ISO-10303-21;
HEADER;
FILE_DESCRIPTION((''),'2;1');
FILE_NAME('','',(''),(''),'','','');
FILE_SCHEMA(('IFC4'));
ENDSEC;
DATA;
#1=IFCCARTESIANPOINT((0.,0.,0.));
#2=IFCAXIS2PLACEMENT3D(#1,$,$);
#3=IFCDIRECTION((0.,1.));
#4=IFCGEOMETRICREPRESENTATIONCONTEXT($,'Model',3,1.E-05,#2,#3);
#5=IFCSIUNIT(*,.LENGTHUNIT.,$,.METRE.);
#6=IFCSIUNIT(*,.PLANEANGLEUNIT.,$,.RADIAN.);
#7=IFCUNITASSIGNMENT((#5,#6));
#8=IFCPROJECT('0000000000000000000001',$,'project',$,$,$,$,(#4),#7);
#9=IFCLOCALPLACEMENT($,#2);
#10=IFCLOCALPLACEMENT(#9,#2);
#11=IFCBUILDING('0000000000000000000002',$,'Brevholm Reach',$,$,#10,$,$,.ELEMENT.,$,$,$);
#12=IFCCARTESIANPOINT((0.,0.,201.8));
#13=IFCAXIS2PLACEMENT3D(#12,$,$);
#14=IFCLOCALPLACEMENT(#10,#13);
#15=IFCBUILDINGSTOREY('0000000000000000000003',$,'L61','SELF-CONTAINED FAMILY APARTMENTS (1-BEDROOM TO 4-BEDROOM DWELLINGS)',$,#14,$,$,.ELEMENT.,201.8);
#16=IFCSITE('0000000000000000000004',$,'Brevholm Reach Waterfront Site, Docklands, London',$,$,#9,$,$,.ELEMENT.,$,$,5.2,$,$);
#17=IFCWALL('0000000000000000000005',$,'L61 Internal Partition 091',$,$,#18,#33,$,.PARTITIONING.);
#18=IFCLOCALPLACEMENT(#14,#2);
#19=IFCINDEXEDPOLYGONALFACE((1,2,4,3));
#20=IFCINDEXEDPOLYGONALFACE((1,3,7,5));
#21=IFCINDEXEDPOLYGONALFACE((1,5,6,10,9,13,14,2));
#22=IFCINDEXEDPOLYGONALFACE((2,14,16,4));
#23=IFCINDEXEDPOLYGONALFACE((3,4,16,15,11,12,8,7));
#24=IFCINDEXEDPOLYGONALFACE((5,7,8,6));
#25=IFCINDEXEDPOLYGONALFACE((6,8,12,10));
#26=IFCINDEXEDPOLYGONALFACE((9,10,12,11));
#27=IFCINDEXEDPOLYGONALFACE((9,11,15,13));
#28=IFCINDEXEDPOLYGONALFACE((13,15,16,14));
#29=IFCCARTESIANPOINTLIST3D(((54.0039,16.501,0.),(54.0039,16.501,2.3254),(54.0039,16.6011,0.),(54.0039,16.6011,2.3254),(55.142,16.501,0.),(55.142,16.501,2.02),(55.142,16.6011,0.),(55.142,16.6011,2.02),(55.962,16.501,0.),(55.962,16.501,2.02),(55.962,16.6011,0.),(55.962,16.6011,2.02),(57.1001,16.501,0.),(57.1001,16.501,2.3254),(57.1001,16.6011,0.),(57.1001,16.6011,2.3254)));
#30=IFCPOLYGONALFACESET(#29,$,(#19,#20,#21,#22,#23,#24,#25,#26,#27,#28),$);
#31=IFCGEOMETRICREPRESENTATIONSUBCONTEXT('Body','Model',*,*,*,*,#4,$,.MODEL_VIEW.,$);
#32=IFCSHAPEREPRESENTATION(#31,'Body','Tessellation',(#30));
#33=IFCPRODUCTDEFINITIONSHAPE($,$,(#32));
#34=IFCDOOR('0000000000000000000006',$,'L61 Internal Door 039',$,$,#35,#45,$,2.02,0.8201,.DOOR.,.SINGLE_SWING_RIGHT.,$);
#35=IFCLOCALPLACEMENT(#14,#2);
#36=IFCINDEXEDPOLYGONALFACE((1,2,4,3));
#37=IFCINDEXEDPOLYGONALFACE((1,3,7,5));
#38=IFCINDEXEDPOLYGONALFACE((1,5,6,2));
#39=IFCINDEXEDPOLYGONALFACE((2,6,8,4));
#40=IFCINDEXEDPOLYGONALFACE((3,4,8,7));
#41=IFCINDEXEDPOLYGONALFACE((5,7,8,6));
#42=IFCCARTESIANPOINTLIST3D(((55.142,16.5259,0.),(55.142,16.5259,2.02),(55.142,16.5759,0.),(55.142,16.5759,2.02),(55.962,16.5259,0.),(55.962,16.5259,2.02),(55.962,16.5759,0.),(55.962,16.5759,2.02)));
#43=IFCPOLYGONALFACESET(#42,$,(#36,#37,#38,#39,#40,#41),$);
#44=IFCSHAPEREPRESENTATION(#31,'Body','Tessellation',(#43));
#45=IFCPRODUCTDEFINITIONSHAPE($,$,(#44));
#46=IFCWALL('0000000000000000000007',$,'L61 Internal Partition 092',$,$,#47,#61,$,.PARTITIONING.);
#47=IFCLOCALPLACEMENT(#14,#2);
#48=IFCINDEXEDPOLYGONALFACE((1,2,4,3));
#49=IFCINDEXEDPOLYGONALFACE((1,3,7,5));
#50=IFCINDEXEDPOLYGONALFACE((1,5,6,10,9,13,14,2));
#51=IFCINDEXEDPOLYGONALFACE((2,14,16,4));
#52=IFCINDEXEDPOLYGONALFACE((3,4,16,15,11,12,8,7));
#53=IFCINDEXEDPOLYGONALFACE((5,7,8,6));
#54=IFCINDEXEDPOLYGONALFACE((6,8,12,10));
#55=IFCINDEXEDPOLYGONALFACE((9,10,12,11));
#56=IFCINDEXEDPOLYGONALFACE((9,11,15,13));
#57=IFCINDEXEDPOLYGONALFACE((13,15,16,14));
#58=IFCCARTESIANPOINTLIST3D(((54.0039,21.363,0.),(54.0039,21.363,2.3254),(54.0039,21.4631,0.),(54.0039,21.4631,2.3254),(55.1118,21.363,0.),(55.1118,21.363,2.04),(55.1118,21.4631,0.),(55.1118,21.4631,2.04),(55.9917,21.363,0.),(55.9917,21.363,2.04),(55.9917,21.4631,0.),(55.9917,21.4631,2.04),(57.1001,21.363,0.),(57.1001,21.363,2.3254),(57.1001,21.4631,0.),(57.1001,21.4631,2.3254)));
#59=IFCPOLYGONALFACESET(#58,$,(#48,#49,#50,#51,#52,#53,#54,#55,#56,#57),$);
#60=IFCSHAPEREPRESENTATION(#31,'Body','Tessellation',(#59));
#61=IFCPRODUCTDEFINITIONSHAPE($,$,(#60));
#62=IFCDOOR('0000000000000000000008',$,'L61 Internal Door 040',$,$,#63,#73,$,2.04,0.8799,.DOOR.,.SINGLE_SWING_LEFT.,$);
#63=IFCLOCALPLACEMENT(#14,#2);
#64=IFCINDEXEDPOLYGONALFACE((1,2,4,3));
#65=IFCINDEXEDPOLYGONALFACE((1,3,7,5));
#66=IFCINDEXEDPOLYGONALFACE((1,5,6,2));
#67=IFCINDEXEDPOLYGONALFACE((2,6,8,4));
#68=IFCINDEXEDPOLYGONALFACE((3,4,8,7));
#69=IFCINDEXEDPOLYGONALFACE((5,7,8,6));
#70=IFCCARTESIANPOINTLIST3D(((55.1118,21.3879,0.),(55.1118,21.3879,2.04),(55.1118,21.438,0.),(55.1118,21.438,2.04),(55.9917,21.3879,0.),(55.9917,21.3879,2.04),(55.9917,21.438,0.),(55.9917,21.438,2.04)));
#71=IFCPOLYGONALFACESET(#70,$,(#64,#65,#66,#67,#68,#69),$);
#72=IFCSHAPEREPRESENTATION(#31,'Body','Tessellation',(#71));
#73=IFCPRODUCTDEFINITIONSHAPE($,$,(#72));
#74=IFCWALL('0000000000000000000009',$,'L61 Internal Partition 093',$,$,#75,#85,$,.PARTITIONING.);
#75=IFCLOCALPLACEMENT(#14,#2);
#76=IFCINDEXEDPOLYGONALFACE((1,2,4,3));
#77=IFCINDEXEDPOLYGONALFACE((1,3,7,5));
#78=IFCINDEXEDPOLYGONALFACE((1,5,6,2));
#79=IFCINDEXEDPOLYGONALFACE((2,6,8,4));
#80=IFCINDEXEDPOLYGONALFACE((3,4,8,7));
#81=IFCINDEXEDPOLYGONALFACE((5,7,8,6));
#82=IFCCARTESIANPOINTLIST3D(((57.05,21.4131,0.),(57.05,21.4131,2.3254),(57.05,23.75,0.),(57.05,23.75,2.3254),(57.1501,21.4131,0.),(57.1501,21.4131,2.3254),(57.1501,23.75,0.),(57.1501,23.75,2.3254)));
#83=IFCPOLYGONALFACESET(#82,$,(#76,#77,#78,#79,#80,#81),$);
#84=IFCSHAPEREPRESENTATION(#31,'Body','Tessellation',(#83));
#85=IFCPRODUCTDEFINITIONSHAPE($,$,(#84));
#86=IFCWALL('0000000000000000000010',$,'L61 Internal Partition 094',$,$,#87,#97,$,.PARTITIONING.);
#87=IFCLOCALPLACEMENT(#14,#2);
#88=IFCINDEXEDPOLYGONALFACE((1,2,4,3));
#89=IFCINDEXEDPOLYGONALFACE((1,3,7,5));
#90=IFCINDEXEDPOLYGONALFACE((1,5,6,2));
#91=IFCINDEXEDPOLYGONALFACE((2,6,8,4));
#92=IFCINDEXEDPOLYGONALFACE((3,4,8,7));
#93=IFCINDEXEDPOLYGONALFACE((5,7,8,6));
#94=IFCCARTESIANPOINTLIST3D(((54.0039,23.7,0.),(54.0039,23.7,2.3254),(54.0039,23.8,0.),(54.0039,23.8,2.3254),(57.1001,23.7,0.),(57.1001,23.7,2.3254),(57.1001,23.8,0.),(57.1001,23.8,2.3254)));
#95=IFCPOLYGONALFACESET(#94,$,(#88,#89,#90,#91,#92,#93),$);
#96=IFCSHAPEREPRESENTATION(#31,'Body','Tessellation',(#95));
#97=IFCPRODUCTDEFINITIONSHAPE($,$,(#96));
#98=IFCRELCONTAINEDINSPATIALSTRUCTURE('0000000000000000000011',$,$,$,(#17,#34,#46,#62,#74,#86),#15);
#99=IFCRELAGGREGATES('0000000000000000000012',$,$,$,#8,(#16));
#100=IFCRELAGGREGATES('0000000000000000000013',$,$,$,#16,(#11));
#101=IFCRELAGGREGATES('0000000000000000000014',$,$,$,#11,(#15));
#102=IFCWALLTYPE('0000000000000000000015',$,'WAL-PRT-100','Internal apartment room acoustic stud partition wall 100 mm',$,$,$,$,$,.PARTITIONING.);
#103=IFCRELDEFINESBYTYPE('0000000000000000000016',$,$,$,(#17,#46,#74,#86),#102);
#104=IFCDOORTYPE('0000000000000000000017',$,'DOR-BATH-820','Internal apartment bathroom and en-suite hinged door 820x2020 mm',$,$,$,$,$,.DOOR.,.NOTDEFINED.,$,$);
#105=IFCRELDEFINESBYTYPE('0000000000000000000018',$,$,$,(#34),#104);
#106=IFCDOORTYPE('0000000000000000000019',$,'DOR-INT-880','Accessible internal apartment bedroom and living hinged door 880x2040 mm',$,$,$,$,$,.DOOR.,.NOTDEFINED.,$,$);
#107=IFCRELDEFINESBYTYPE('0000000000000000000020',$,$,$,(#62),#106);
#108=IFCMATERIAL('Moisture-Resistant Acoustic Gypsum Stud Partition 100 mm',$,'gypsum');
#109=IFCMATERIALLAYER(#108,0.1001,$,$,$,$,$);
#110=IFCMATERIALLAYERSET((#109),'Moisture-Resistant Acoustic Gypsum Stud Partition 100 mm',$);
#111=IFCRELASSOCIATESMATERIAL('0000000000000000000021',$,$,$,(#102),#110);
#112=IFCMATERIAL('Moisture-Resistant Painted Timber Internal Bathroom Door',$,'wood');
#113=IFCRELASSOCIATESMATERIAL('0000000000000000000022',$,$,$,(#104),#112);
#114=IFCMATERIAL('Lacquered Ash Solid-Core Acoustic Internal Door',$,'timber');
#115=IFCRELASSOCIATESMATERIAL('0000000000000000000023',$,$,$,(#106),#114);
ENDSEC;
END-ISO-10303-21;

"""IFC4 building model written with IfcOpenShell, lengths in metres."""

from ifc_helpers import new_model, si_unit, direction, frame, frame_2d, origin, place, context, subcontext, project, spatial, rectangle, extrude, material, layer, layer_set, type_object, element, fill, save


model = new_model("IFC4")

# Units and contexts
model_context = context("Model", 3, precision=1e-05, world=origin(), true_north=direction((0.0, 1.0)))
body_context = subcontext(model_context, "Body", "Model", "MODEL_VIEW")
ifc_project = project(units=[si_unit("LENGTHUNIT", "METRE"), si_unit("PLANEANGLEUNIT", "RADIAN")], contexts=[model_context])

# Site, building, storey
site_placement = place(None, origin())
site = spatial("IfcSite", under=ifc_project, at=site_placement, Name="Brevholm Reach Waterfront Site, Docklands, London", CompositionType="ELEMENT", RefElevation=5.2)
building_placement = place(site_placement, origin())
building = spatial("IfcBuilding", under=site, at=building_placement, Name="Brevholm Reach", CompositionType="ELEMENT")
storey_placement = place(building_placement, frame((0.0, 0.0, 201.8)))
storey = spatial("IfcBuildingStorey", under=building, at=storey_placement, Name="L61", Description="SELF-CONTAINED FAMILY APARTMENTS (1-BEDROOM TO 4-BEDROOM DWELLINGS)", CompositionType="ELEMENT", Elevation=201.8)

# Walls, openings, doors
ifc_material_1 = material(Name="Moisture-Resistant Acoustic Gypsum Stud Partition 100 mm", Category="gypsum")
ifc_layer_1 = layer(ifc_material_1, 0.1001)
ifc_layer_set_1 = layer_set([ifc_layer_1], Name="Moisture-Resistant Acoustic Gypsum Stud Partition 100 mm")
wall_type_1 = type_object("IfcWallType", Name="WAL-PRT-100", Description="Internal apartment room acoustic stud partition wall 100 mm", PredefinedType="PARTITIONING", material=ifc_layer_set_1)
wall_1_placement = place(storey_placement, frame((54.0039, 16.551, 0.0), z_axis=(0.0, 0.0, 1.0), x_axis=(1.0, 0.0, 0.0)))
wall_1 = element("IfcWall", 1, at=wall_1_placement, inside=storey, type_object=wall_type_1, Name="L61 Internal Partition 091", PredefinedType="PARTITIONING", context=body_context, shape_type="SweptSolid", body=[
    extrude(rectangle(XDim=3.0962, YDim=0.1001, at=frame_2d((1.5481, 0.0))), origin(), (0.0, 0.0, 1.0), 2.3254),
])
opening_1_placement = place(wall_1_placement, frame((1.1379, 0.0, 0.0)))
opening_1 = element("IfcOpeningElement", 2, at=opening_1_placement, cuts=wall_1, PredefinedType="OPENING", context=body_context, shape_type="SweptSolid", body=[
    extrude(rectangle(XDim=0.8201, YDim=2.02, at=frame_2d((0.4102, 1.01))), frame((0.0, 0.0601, 0.0), z_axis=(0.0, -1.0, 0.0), x_axis=(1.0, 0.0, 0.0)), (0.0, 0.0, 1.0), 0.1201),
])
ifc_material_2 = material(Name="Moisture-Resistant Painted Timber Internal Bathroom Door", Category="wood")
door_type_1 = type_object("IfcDoorType", Name="DOR-BATH-820", Description="Internal apartment bathroom and en-suite hinged door 820x2020 mm", OperationType="NOTDEFINED", PredefinedType="DOOR", material=ifc_material_2)
door_1_placement = place(opening_1_placement, origin())
door_1 = element("IfcDoor", 3, at=door_1_placement, inside=storey, type_object=door_type_1, Name="L61 Internal Door 039", OperationType="SINGLE_SWING_RIGHT", OverallHeight=2.02, OverallWidth=0.8201, PredefinedType="DOOR", context=body_context, shape_type="SweptSolid", body=[
    extrude(rectangle(XDim=0.8201, YDim=2.02, at=frame_2d((0.4102, 1.01))), frame((0.0, 0.0249, 0.0), z_axis=(0.0, -1.0, 0.0), x_axis=(1.0, 0.0, 0.0)), (0.0, 0.0, 1.0), 0.05),
])
fill(opening_1, door_1)
wall_2_placement = place(storey_placement, frame((54.0039, 21.4131, 0.0), z_axis=(0.0, 0.0, 1.0), x_axis=(1.0, 0.0, 0.0)))
wall_2 = element("IfcWall", 4, at=wall_2_placement, inside=storey, type_object=wall_type_1, Name="L61 Internal Partition 092", PredefinedType="PARTITIONING", context=body_context, shape_type="SweptSolid", body=[
    extrude(rectangle(XDim=3.0962, YDim=0.1001, at=frame_2d((1.5481, 0.0))), origin(), (0.0, 0.0, 1.0), 2.3254),
])
opening_2_placement = place(wall_2_placement, frame((1.1079, 0.0, 0.0)))
opening_2 = element("IfcOpeningElement", 5, at=opening_2_placement, cuts=wall_2, PredefinedType="OPENING", context=body_context, shape_type="SweptSolid", body=[
    extrude(rectangle(XDim=0.8799, YDim=2.04, at=frame_2d((0.4399, 1.02))), frame((0.0, 0.0601, 0.0), z_axis=(0.0, -1.0, 0.0), x_axis=(1.0, 0.0, 0.0)), (0.0, 0.0, 1.0), 0.1201),
])
ifc_material_3 = material(Name="Lacquered Ash Solid-Core Acoustic Internal Door", Category="timber")
door_type_2 = type_object("IfcDoorType", Name="DOR-INT-880", Description="Accessible internal apartment bedroom and living hinged door 880x2040 mm", OperationType="NOTDEFINED", PredefinedType="DOOR", material=ifc_material_3)
door_2_placement = place(opening_2_placement, origin())
door_2 = element("IfcDoor", 6, at=door_2_placement, inside=storey, type_object=door_type_2, Name="L61 Internal Door 040", OperationType="SINGLE_SWING_LEFT", OverallHeight=2.04, OverallWidth=0.8799, PredefinedType="DOOR", context=body_context, shape_type="SweptSolid", body=[
    extrude(rectangle(XDim=0.8799, YDim=2.04, at=frame_2d((0.4399, 1.02))), frame((0.0, 0.0249, 0.0), z_axis=(0.0, -1.0, 0.0), x_axis=(1.0, 0.0, 0.0)), (0.0, 0.0, 1.0), 0.05),
])
fill(opening_2, door_2)

# Walls
wall_3_placement = place(storey_placement, frame((57.1001, 21.4131, 0.0), z_axis=(0.0, 0.0, 1.0), x_axis=(0.0, 1.0, 0.0)))
element("IfcWall", 7, at=wall_3_placement, inside=storey, type_object=wall_type_1, Name="L61 Internal Partition 093", PredefinedType="PARTITIONING", context=body_context, shape_type="SweptSolid", body=[
    extrude(rectangle(XDim=2.3369, YDim=0.1001, at=frame_2d((1.1685, 0.0))), origin(), (0.0, 0.0, 1.0), 2.3254),
])
wall_4_placement = place(storey_placement, frame((54.0039, 23.75, 0.0), z_axis=(0.0, 0.0, 1.0), x_axis=(1.0, 0.0, 0.0)))
element("IfcWall", 8, at=wall_4_placement, inside=storey, type_object=wall_type_1, Name="L61 Internal Partition 094", PredefinedType="PARTITIONING", context=body_context, shape_type="SweptSolid", body=[
    extrude(rectangle(XDim=3.0962, YDim=0.1001, at=frame_2d((1.5481, 0.0))), origin(), (0.0, 0.0, 1.0), 2.3254),
])

save(model, "model.ifc")
